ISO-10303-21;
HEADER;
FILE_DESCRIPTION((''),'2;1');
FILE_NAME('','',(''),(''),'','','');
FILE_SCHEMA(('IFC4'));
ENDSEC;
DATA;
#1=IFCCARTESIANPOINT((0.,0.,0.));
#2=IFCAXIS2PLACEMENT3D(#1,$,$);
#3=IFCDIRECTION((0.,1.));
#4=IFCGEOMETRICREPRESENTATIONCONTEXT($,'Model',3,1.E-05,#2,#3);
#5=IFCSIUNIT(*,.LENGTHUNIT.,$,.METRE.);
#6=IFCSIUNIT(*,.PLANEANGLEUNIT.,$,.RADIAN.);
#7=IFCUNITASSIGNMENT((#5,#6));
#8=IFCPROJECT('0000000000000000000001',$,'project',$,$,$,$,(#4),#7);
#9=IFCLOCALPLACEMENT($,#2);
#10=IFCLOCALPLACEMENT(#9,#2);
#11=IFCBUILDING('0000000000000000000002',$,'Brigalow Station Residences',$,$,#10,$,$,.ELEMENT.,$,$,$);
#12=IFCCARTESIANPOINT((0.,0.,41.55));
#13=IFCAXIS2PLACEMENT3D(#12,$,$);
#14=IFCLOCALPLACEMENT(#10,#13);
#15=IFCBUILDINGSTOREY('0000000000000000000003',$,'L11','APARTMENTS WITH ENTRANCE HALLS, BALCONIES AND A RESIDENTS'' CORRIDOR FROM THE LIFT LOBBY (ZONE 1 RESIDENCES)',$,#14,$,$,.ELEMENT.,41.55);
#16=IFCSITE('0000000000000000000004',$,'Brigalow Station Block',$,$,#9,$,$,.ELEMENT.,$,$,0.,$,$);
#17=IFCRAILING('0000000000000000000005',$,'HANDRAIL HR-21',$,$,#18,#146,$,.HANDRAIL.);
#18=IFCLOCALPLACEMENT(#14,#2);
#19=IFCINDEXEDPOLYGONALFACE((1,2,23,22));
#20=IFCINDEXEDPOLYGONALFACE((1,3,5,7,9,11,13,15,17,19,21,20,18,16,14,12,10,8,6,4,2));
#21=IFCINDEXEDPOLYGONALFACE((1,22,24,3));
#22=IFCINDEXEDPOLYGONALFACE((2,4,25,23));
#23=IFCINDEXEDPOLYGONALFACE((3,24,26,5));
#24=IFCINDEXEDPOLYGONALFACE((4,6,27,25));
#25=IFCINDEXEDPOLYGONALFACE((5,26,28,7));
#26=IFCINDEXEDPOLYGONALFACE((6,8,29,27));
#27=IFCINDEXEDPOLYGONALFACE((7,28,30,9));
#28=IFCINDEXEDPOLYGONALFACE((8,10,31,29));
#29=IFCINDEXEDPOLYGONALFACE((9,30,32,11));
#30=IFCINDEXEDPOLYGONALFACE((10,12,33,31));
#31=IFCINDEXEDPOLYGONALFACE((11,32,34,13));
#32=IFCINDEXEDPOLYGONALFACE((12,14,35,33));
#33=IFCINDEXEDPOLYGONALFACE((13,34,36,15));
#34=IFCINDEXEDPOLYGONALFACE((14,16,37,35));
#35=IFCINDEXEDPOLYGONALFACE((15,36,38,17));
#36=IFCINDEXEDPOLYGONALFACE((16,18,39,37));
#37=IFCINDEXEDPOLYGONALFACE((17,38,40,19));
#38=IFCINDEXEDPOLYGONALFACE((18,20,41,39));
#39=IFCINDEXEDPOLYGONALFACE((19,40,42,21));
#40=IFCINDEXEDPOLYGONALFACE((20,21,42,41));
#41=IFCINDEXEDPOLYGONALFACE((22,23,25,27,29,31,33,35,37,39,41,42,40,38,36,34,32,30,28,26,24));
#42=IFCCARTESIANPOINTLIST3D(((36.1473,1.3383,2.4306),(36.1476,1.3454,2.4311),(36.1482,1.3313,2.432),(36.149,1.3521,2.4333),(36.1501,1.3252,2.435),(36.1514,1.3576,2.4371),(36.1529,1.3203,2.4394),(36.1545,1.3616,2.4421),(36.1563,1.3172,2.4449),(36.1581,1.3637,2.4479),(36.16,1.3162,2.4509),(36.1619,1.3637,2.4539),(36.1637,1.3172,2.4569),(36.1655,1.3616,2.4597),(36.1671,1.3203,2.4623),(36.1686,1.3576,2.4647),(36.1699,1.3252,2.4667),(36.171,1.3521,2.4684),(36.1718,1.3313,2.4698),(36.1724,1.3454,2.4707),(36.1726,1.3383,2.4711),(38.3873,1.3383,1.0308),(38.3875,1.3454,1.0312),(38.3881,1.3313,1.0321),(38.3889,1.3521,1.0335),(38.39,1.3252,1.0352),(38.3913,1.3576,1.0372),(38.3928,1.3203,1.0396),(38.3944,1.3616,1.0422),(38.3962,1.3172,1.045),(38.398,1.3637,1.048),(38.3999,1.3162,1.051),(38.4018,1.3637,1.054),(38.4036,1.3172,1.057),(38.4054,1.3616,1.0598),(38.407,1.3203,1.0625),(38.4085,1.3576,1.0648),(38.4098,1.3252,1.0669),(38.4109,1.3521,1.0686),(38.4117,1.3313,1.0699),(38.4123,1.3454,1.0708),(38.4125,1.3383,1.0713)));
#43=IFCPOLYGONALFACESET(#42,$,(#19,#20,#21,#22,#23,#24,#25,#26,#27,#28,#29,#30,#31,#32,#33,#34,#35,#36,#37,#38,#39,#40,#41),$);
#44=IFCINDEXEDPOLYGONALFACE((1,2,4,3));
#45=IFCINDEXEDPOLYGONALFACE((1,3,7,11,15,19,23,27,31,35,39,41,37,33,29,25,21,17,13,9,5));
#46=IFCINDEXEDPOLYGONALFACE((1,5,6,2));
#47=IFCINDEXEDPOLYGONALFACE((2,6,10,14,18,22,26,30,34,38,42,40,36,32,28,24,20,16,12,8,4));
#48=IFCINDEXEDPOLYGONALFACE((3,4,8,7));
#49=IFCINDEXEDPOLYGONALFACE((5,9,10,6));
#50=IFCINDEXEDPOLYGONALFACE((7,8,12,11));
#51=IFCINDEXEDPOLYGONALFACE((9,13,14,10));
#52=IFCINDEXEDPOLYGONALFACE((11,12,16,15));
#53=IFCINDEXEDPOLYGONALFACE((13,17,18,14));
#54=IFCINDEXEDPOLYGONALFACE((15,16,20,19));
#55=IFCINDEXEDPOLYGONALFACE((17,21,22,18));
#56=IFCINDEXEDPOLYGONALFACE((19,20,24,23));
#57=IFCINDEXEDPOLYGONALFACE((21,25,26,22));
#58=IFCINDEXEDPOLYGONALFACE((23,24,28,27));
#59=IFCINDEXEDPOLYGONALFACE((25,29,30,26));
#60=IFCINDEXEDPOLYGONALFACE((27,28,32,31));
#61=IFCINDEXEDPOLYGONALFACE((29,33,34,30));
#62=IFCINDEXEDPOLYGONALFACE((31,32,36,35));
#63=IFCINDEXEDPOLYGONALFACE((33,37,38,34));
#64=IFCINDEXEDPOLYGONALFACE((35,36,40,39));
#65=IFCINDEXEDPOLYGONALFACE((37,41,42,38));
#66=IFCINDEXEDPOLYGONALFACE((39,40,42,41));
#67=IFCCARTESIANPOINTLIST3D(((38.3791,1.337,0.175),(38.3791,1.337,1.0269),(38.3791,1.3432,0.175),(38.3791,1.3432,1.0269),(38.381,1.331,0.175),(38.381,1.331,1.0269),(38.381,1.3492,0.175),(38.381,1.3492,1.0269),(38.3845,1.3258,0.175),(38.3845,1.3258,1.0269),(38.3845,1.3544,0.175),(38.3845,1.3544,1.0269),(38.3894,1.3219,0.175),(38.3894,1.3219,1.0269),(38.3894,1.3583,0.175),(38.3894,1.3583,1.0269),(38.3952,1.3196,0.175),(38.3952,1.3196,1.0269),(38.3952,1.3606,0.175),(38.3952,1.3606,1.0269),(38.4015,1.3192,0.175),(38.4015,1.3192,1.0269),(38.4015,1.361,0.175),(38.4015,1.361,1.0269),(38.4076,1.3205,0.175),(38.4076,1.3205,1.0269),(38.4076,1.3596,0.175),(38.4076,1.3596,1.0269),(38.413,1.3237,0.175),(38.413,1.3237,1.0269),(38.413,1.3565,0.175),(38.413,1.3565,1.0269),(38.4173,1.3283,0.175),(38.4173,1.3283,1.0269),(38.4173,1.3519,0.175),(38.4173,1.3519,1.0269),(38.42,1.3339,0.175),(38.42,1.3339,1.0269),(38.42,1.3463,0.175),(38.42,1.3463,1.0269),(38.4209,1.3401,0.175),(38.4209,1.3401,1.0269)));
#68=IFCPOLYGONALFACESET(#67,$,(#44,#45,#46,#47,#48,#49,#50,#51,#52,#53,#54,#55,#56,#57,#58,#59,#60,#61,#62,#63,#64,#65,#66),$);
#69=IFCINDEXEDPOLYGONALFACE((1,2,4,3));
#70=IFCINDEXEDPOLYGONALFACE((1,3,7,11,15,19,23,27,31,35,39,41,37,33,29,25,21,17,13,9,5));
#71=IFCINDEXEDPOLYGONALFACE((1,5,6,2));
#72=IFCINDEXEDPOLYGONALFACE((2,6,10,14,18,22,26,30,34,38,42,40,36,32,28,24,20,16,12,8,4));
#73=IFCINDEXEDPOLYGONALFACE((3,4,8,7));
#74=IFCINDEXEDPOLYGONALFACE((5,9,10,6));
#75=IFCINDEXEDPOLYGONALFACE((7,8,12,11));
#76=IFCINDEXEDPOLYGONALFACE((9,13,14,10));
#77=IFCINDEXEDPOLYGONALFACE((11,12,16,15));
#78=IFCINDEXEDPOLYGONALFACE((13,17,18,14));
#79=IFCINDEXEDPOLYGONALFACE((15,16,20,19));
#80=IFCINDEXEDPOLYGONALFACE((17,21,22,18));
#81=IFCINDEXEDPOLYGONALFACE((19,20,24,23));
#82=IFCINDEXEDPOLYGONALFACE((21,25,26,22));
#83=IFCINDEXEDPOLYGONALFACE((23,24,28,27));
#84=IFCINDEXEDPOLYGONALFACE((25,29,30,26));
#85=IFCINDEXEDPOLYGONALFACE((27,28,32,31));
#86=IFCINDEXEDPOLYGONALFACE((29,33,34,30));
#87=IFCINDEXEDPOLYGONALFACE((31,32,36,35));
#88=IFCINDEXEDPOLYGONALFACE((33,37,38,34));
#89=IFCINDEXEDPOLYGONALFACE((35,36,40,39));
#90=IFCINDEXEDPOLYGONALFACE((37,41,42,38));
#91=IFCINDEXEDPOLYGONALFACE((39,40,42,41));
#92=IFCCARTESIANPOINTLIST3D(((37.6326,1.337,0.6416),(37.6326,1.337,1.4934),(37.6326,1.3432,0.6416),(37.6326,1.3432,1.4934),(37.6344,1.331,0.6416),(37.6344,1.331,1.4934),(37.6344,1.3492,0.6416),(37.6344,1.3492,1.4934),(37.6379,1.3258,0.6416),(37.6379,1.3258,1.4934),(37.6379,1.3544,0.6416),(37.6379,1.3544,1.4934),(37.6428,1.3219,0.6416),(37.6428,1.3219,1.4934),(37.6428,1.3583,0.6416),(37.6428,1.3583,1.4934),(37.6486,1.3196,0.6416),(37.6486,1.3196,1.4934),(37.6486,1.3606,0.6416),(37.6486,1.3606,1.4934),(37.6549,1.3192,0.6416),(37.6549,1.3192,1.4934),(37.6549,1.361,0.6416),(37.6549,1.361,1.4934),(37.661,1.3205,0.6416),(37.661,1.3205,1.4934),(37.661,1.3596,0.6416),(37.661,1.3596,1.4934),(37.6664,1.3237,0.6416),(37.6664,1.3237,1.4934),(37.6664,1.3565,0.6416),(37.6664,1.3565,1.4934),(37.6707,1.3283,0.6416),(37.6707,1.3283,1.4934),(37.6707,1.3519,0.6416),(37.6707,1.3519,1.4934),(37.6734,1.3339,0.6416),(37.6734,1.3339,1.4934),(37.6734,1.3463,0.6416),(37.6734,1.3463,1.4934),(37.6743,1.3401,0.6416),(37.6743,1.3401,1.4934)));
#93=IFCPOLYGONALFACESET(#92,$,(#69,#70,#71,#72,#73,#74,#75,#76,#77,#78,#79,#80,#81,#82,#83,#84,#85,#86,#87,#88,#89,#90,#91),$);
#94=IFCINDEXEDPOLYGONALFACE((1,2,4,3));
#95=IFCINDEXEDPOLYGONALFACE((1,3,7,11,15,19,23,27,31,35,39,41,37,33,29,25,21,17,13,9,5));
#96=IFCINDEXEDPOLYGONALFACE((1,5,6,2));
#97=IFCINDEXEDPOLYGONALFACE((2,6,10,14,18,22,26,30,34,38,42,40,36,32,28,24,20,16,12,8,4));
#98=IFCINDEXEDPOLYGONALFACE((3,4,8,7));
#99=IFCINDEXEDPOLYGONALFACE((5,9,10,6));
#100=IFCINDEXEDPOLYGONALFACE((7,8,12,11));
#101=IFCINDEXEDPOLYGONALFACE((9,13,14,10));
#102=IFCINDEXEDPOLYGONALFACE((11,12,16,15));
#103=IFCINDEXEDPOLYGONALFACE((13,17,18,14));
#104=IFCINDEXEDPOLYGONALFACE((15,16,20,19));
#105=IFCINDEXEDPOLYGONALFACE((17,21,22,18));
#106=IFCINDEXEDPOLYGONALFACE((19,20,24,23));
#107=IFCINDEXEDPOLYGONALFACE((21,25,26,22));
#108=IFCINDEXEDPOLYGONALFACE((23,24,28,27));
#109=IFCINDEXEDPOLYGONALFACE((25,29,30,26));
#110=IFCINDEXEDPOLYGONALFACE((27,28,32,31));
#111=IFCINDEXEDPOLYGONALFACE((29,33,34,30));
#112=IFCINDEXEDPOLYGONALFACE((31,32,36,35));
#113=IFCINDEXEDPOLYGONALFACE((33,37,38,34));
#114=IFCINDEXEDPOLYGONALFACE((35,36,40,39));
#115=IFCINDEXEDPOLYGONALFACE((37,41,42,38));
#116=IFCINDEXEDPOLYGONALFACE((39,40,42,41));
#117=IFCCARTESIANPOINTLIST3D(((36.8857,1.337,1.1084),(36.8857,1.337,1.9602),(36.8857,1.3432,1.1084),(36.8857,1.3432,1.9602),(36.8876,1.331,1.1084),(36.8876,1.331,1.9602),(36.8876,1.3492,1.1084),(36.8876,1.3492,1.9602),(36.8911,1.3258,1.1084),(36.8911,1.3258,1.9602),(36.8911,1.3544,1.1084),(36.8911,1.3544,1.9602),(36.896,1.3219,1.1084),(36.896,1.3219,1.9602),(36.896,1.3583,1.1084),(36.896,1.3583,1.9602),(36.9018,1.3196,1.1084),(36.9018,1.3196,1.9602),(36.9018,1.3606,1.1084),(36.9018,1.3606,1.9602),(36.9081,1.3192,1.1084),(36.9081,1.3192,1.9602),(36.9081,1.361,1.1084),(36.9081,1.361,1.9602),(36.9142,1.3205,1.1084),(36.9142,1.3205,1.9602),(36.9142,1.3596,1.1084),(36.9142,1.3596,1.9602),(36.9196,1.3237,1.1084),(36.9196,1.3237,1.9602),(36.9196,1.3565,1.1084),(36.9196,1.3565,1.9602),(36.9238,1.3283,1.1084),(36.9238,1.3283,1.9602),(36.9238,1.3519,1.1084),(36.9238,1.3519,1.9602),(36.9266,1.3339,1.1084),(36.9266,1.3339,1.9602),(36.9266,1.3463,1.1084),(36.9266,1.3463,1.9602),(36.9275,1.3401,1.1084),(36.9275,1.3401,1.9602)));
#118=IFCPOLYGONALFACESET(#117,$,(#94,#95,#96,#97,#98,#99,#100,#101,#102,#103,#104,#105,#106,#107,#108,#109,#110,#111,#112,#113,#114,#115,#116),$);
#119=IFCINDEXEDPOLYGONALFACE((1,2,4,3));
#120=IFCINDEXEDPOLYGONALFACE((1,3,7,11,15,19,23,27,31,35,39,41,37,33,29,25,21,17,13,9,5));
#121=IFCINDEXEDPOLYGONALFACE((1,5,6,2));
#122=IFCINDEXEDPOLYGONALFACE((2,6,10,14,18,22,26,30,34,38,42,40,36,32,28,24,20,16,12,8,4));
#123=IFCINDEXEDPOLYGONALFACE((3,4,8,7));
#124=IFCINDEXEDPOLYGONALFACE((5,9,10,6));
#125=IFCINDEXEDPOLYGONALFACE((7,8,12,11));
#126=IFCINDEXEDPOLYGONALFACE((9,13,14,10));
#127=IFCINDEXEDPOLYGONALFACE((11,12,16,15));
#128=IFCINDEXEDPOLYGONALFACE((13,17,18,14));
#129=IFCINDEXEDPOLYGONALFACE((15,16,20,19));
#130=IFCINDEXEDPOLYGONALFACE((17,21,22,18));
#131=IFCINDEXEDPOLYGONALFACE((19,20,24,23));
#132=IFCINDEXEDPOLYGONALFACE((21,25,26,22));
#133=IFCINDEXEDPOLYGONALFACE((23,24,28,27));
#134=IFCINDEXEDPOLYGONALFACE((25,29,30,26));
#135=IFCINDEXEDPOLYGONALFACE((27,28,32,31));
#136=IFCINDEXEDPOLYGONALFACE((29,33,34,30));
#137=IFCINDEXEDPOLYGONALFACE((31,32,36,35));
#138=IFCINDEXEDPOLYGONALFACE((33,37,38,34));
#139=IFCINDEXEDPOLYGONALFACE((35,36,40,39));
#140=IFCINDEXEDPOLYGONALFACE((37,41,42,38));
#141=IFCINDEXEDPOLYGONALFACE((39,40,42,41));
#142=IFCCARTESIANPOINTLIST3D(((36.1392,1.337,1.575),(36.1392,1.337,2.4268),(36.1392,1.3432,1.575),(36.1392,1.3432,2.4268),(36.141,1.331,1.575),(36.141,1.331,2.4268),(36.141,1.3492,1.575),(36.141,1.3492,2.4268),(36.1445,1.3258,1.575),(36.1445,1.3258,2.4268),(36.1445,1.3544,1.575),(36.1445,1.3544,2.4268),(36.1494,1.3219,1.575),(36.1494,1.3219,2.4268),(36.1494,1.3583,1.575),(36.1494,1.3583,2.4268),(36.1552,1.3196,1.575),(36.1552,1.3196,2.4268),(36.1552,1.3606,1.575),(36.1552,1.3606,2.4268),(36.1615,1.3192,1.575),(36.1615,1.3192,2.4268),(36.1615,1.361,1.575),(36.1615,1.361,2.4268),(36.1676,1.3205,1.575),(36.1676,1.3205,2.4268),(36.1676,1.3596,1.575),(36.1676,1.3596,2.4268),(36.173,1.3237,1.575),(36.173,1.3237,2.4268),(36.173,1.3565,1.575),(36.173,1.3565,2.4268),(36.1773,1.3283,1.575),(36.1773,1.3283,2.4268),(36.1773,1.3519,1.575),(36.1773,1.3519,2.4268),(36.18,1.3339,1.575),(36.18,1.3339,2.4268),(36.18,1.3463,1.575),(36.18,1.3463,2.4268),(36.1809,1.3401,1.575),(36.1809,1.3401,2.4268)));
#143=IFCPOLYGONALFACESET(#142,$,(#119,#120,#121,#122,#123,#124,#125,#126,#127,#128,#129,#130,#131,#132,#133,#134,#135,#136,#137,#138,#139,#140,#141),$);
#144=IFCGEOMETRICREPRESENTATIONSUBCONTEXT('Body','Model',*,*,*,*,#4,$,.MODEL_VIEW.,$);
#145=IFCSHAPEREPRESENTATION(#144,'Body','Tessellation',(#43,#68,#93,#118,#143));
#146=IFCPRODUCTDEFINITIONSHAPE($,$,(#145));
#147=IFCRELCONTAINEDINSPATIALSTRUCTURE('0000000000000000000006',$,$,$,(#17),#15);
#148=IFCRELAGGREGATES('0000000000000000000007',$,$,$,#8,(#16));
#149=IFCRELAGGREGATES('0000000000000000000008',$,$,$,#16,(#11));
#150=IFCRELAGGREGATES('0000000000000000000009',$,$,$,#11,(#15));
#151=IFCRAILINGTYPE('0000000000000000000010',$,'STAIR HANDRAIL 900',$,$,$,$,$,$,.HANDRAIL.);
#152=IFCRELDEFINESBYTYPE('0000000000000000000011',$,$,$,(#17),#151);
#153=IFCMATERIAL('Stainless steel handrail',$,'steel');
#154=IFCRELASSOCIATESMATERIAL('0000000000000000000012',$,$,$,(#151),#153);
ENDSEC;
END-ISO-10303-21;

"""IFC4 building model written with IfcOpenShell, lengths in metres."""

from ifc_helpers import new_model, si_unit, direction, frame, origin, origin_2d, place, context, subcontext, project, spatial, circle, extrude, material, type_object, element, save


model = new_model("IFC4")

# Units and contexts
model_context = context("Model", 3, precision=1e-05, world=origin(), true_north=direction((0.0, 1.0)))
body_context = subcontext(model_context, "Body", "Model", "MODEL_VIEW")
ifc_project = project(units=[si_unit("LENGTHUNIT", "METRE"), si_unit("PLANEANGLEUNIT", "RADIAN")], contexts=[model_context])

# Site, building, storey
site_placement = place(None, origin())
site = spatial("IfcSite", under=ifc_project, at=site_placement, Name="Brigalow Station Block", CompositionType="ELEMENT", RefElevation=0.0)
building_placement = place(site_placement, origin())
building = spatial("IfcBuilding", under=site, at=building_placement, Name="Brigalow Station Residences", CompositionType="ELEMENT")
storey_placement = place(building_placement, frame((0.0, 0.0, 41.55)))
storey = spatial("IfcBuildingStorey", under=building, at=storey_placement, Name="L11", Description="APARTMENTS WITH ENTRANCE HALLS, BALCONIES AND A RESIDENTS' CORRIDOR FROM THE LIFT LOBBY (ZONE 1 RESIDENCES)", CompositionType="ELEMENT", Elevation=41.55)

# Railing
ifc_material_1 = material(Name="Stainless steel handrail", Category="steel")
railing_type_1 = type_object("IfcRailingType", Name="STAIR HANDRAIL 900", PredefinedType="HANDRAIL", material=ifc_material_1)
railing_1_placement = place(storey_placement, frame((38.3999, 1.3401, 0.175)))
element("IfcRailing", 1, at=railing_1_placement, inside=storey, type_object=railing_type_1, Name="HANDRAIL HR-21", PredefinedType="HANDRAIL", context=body_context, shape_type="SweptSolid", body=[
    extrude(circle(Radius=0.0239, at=origin_2d()), frame((0.0, 0.0, 0.876), z_axis=(-0.848014, 0.0, 0.529974), x_axis=(0.0, -1.0, 0.0)), (0.0, 0.0, 1.0), 2.6414),
    extrude(circle(Radius=0.021, at=origin_2d()), origin(), (0.0, 0.0, 1.0), 0.8518),
    extrude(circle(Radius=0.021, at=origin_2d()), frame((-0.7466, 0.0, 0.4666)), (0.0, 0.0, 1.0), 0.8518),
    extrude(circle(Radius=0.021, at=origin_2d()), frame((-1.4934, 0.0, 0.9333)), (0.0, 0.0, 1.0), 0.8518),
    extrude(circle(Radius=0.021, at=origin_2d()), frame((-2.24, 0.0, 1.3999)), (0.0, 0.0, 1.0), 0.8518),
])

save(model, "model.ifc")
